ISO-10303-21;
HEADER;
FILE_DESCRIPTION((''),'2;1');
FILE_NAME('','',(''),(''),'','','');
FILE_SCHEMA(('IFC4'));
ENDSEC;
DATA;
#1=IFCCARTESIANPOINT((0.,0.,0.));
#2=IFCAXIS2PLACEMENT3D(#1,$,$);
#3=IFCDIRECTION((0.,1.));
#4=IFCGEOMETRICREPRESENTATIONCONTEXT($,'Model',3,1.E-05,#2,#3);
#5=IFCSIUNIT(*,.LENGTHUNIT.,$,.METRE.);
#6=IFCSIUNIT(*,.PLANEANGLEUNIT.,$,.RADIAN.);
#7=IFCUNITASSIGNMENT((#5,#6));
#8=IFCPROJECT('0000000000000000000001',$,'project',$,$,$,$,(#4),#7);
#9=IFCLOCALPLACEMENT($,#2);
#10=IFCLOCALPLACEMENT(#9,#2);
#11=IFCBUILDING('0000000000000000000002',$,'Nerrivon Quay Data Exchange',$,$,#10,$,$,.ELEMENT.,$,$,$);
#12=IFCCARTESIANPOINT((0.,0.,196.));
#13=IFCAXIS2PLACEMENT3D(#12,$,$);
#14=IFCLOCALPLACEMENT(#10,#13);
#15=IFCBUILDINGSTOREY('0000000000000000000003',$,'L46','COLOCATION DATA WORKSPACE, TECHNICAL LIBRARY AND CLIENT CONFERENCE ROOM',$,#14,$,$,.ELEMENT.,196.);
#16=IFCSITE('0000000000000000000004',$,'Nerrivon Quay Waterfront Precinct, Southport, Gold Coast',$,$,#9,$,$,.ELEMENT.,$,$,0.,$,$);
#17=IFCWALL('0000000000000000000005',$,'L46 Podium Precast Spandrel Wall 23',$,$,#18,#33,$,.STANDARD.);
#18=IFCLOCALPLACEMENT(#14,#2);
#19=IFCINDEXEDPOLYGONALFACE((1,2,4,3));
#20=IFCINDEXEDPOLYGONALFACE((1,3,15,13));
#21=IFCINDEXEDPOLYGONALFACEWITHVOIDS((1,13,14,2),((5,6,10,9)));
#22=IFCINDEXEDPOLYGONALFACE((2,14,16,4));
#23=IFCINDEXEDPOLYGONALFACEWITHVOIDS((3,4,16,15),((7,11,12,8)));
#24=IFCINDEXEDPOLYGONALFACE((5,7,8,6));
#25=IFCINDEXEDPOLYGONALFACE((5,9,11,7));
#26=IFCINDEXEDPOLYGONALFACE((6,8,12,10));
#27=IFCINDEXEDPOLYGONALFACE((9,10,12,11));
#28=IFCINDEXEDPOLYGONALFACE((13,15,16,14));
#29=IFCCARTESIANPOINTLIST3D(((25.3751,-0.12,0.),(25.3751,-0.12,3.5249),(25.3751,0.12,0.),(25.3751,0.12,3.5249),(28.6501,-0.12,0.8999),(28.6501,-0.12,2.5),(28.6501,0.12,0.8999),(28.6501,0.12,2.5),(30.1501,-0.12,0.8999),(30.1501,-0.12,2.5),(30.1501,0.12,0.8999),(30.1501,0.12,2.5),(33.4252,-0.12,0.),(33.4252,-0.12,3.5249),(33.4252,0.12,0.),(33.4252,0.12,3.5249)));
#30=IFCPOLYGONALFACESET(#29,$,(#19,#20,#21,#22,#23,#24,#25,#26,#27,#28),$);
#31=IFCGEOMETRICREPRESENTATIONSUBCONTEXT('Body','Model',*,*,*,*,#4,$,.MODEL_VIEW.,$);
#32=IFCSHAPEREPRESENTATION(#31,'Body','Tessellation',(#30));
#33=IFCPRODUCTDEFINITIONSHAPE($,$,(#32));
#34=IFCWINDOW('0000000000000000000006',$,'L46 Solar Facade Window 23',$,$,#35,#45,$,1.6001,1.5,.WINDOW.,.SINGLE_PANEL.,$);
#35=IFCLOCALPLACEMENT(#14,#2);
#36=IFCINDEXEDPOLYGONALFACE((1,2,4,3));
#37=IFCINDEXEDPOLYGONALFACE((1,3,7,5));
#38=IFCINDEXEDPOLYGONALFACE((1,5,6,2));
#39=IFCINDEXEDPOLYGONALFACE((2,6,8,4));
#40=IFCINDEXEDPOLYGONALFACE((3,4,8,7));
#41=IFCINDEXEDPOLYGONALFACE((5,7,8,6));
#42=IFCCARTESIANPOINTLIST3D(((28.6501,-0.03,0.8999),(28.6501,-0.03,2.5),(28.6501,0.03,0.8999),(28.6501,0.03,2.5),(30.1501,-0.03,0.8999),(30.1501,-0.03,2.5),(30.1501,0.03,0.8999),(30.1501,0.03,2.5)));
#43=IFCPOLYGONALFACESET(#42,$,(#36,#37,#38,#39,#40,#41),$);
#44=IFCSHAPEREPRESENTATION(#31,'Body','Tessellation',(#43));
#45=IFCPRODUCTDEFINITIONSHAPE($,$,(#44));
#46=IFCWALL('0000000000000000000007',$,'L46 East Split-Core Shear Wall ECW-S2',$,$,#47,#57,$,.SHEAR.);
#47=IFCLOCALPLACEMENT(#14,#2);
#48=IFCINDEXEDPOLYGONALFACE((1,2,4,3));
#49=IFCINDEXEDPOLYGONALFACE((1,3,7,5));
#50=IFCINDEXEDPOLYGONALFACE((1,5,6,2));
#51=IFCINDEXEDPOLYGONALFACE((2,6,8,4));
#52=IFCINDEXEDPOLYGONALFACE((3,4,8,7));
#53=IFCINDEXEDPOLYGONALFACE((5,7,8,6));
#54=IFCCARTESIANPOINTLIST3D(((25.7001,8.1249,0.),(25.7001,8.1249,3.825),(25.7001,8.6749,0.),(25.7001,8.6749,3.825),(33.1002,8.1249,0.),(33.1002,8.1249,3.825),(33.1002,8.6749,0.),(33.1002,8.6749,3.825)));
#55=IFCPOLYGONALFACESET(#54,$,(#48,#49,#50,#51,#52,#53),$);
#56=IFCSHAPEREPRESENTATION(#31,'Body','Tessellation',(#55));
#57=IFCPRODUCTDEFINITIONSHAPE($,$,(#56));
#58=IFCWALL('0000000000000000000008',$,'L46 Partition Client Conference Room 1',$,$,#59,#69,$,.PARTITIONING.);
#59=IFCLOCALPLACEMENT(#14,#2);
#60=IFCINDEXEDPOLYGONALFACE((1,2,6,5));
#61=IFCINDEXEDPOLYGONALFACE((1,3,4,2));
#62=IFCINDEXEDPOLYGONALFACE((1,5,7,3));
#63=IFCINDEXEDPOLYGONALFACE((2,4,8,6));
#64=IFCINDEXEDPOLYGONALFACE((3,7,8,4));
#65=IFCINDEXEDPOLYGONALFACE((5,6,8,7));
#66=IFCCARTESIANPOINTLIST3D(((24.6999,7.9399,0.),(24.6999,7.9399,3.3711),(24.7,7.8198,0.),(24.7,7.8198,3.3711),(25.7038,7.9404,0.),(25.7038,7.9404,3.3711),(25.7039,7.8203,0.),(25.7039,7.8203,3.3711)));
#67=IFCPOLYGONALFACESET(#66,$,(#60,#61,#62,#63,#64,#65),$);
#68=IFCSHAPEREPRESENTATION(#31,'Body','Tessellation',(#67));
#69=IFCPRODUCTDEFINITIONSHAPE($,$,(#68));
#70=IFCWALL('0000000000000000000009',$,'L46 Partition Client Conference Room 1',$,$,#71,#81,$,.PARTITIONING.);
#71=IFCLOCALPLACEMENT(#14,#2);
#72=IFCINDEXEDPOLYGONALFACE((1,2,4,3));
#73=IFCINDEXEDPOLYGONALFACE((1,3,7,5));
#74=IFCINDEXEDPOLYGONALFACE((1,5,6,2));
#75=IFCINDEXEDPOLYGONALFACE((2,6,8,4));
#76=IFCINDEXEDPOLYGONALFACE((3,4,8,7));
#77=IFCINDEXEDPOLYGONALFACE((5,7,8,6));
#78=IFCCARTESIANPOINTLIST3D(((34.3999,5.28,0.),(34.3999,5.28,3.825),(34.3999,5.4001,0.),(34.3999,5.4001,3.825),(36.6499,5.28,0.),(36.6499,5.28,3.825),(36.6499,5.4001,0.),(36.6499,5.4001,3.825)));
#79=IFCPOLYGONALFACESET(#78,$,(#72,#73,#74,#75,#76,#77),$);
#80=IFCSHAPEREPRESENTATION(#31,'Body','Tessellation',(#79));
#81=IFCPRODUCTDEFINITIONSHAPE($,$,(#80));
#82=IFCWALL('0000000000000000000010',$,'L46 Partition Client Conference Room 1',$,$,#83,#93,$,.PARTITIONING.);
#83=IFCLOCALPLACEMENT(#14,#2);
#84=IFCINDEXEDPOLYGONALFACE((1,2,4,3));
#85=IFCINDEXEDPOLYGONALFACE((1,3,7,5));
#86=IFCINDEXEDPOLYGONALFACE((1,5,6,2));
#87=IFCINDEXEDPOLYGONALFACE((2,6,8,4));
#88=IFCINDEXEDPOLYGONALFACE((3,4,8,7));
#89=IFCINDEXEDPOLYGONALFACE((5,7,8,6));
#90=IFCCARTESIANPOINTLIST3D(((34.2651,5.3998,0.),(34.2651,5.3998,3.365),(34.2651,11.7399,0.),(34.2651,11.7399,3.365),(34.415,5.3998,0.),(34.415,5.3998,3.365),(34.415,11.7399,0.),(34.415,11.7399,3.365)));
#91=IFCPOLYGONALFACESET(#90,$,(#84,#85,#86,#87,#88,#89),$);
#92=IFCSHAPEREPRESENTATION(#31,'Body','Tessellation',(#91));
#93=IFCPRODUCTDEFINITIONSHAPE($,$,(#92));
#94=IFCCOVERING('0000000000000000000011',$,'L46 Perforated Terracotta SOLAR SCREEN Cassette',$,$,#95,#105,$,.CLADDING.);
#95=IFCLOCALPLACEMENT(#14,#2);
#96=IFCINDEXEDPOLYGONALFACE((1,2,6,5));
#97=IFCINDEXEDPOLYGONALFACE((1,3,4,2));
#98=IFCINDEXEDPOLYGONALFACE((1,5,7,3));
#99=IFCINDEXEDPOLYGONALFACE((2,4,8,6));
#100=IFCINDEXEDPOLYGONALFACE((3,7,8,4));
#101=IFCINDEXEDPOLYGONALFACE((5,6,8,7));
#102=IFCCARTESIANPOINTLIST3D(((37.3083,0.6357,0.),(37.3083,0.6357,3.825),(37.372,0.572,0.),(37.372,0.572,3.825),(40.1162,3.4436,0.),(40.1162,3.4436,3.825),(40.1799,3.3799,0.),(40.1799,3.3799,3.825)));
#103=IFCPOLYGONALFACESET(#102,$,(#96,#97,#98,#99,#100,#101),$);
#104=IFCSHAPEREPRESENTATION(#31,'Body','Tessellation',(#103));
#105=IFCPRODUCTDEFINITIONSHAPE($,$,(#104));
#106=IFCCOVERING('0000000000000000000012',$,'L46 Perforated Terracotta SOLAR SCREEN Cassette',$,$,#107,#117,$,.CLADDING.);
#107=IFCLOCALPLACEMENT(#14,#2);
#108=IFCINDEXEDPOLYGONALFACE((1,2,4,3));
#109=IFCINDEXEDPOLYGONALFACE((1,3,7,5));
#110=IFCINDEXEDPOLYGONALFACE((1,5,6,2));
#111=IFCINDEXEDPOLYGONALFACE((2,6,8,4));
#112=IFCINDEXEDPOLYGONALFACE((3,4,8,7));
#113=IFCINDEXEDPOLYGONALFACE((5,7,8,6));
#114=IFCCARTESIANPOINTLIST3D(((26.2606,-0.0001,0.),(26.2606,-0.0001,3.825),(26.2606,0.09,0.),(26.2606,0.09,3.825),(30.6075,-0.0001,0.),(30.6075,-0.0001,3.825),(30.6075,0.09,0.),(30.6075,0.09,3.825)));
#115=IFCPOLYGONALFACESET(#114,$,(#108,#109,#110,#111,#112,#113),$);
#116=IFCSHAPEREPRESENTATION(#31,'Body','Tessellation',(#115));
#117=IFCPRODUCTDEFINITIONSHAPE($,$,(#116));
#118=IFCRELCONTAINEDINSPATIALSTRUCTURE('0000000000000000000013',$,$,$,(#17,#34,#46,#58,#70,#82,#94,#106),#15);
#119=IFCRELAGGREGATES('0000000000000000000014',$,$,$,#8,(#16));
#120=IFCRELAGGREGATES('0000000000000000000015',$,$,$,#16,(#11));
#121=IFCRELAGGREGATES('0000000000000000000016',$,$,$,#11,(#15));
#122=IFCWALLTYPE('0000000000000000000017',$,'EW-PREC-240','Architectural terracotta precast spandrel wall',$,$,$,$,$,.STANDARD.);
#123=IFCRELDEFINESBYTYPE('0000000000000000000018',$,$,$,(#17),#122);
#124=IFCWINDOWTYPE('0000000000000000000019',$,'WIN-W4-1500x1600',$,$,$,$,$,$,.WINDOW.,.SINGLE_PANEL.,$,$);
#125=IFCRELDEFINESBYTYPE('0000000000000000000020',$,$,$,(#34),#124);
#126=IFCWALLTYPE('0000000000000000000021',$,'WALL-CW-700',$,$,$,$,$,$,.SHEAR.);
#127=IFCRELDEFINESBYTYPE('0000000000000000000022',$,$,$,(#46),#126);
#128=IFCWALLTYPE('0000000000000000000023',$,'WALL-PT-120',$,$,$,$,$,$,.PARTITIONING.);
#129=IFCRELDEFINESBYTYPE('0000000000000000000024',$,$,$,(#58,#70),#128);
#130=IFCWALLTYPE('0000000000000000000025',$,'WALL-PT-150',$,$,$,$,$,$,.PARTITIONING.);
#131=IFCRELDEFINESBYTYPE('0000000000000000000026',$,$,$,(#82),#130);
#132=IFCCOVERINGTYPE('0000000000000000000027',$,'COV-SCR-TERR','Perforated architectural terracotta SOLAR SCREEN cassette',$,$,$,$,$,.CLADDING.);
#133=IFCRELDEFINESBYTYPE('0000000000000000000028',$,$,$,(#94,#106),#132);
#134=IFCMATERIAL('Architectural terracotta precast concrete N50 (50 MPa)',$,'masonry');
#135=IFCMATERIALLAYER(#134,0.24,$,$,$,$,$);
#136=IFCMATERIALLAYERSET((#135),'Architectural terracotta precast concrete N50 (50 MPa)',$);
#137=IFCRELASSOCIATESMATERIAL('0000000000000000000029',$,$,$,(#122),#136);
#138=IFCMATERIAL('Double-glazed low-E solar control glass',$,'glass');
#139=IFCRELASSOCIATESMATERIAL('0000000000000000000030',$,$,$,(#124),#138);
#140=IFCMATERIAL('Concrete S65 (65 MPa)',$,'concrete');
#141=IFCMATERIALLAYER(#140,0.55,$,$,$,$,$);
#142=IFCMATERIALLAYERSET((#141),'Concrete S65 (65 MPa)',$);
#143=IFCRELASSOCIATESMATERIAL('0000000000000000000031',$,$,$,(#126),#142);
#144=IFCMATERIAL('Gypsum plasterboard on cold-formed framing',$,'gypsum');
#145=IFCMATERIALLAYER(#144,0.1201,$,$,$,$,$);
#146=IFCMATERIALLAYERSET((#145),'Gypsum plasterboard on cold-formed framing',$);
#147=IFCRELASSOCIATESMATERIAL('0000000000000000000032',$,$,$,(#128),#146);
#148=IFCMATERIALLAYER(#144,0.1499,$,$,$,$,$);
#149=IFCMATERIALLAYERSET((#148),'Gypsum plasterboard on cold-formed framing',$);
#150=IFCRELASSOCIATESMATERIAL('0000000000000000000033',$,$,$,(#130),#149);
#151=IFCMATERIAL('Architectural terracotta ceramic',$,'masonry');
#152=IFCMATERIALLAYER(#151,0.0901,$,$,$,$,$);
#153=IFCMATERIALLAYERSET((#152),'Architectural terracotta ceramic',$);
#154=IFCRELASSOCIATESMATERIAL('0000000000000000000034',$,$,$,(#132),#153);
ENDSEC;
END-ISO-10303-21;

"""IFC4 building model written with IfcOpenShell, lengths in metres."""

from ifc_helpers import new_model, si_unit, direction, frame, frame_2d, origin, origin_2d, place, context, subcontext, project, spatial, rectangle, extrude, material, layer, layer_set, type_object, element, fill, save


model = new_model("IFC4")

# Units and contexts
model_context = context("Model", 3, precision=1e-05, world=origin(), true_north=direction((0.0, 1.0)))
body_context = subcontext(model_context, "Body", "Model", "MODEL_VIEW")
ifc_project = project(units=[si_unit("LENGTHUNIT", "METRE"), si_unit("PLANEANGLEUNIT", "RADIAN")], contexts=[model_context])

# Site, building, storey
site_placement = place(None, origin())
site = spatial("IfcSite", under=ifc_project, at=site_placement, Name="Nerrivon Quay Waterfront Precinct, Southport, Gold Coast", CompositionType="ELEMENT", RefElevation=0.0)
building_placement = place(site_placement, origin())
building = spatial("IfcBuilding", under=site, at=building_placement, Name="Nerrivon Quay Data Exchange", CompositionType="ELEMENT")
storey_placement = place(building_placement, frame((0.0, 0.0, 196.0)))
storey = spatial("IfcBuildingStorey", under=building, at=storey_placement, Name="L46", Description="COLOCATION DATA WORKSPACE, TECHNICAL LIBRARY AND CLIENT CONFERENCE ROOM", CompositionType="ELEMENT", Elevation=196.0)

# Shared definitions
ifc_material_1 = material(Name="Double-glazed low-E solar control glass", Category="glass")

# Wall, opening, window
ifc_material_2 = material(Name="Architectural terracotta precast concrete N50 (50 MPa)", Category="masonry")
ifc_layer_1 = layer(ifc_material_2, 0.24)
ifc_layer_set_1 = layer_set([ifc_layer_1], Name="Architectural terracotta precast concrete N50 (50 MPa)")
wall_type_1 = type_object("IfcWallType", Name="EW-PREC-240", Description="Architectural terracotta precast spandrel wall", PredefinedType="STANDARD", material=ifc_layer_set_1)
wall_1_placement = place(storey_placement, frame((33.425, 0.0, 0.0), z_axis=(0.0, 0.0, 1.0), x_axis=(-1.0, 0.0, 0.0)))
wall_1 = element("IfcWall", 1, at=wall_1_placement, inside=storey, type_object=wall_type_1, Name="L46 Podium Precast Spandrel Wall 23", PredefinedType="STANDARD", context=body_context, shape_type="SweptSolid", body=[
    extrude(rectangle(XDim=8.05, YDim=0.24, at=frame_2d((4.0249, 0.0))), origin(), (0.0, 0.0, 1.0), 3.5249),
])
opening_placement = place(wall_1_placement, frame((3.2749, 0.0, 0.8999)))
opening = element("IfcOpeningElement", 2, at=opening_placement, cuts=wall_1, PredefinedType="OPENING", context=body_context, shape_type="SweptSolid", body=[
    extrude(rectangle(XDim=1.5, YDim=1.6001, at=frame_2d((0.75, 0.8))), frame((0.0, 0.1299, 0.0), z_axis=(0.0, -1.0, 0.0), x_axis=(1.0, 0.0, 0.0)), (0.0, 0.0, 1.0), 0.26),
])
window_type = type_object("IfcWindowType", Name="WIN-W4-1500x1600", PartitioningType="SINGLE_PANEL", PredefinedType="WINDOW", material=ifc_material_1)
window_placement = place(opening_placement, origin())
window = element("IfcWindow", 3, at=window_placement, inside=storey, type_object=window_type, Name="L46 Solar Facade Window 23", OverallHeight=1.6001, OverallWidth=1.5, PartitioningType="SINGLE_PANEL", PredefinedType="WINDOW", context=body_context, shape_type="SweptSolid", body=[
    extrude(rectangle(XDim=1.5, YDim=1.6001, at=frame_2d((0.75, 0.8))), frame((0.0, 0.03, 0.0), z_axis=(0.0, -1.0, 0.0), x_axis=(1.0, 0.0, 0.0)), (0.0, 0.0, 1.0), 0.0601),
])
fill(opening, window)

# Walls
ifc_material_3 = material(Name="Concrete S65 (65 MPa)", Category="concrete")
ifc_layer_2 = layer(ifc_material_3, 0.55)
ifc_layer_set_2 = layer_set([ifc_layer_2], Name="Concrete S65 (65 MPa)")
wall_type_2 = type_object("IfcWallType", Name="WALL-CW-700", PredefinedType="SHEAR", material=ifc_layer_set_2)
wall_2_placement = place(storey_placement, frame((25.7, 8.3999, 0.0), z_axis=(0.0, 0.0, 1.0), x_axis=(1.0, 0.0, 0.0)))
element("IfcWall", 4, at=wall_2_placement, inside=storey, type_object=wall_type_2, Name="L46 East Split-Core Shear Wall ECW-S2", PredefinedType="SHEAR", context=body_context, shape_type="SweptSolid", body=[
    extrude(rectangle(XDim=7.4001, YDim=0.55, at=frame_2d((3.7002, 0.0))), origin(), (0.0, 0.0, 1.0), 3.825),
])
ifc_material_4 = material(Name="Gypsum plasterboard on cold-formed framing", Category="gypsum")
ifc_layer_3 = layer(ifc_material_4, 0.1201)
ifc_layer_set_3 = layer_set([ifc_layer_3], Name="Gypsum plasterboard on cold-formed framing")
wall_type_3 = type_object("IfcWallType", Name="WALL-PT-120", PredefinedType="PARTITIONING", material=ifc_layer_set_3)
wall_3_placement = place(storey_placement, frame((25.7039, 7.8804, 0.0), z_axis=(0.0, 0.0, 1.0), x_axis=(-1.0, -0.000486, 0.0)))
element("IfcWall", 5, at=wall_3_placement, inside=storey, type_object=wall_type_3, Name="L46 Partition Client Conference Room 1", PredefinedType="PARTITIONING", context=body_context, shape_type="SweptSolid", body=[
    extrude(rectangle(XDim=1.0039, YDim=0.1201, at=frame_2d((0.502, 0.0))), origin(), (0.0, 0.0, 1.0), 3.3711),
])
wall_4_placement = place(storey_placement, frame((36.6499, 5.3401, 0.0), z_axis=(0.0, 0.0, 1.0), x_axis=(-1.0, 0.0, 0.0)))
element("IfcWall", 6, at=wall_4_placement, inside=storey, type_object=wall_type_3, Name="L46 Partition Client Conference Room 1", PredefinedType="PARTITIONING", context=body_context, shape_type="SweptSolid", body=[
    extrude(rectangle(XDim=2.25, YDim=0.1201, at=frame_2d((1.125, 0.0))), origin(), (0.0, 0.0, 1.0), 3.825),
])
ifc_layer_4 = layer(ifc_material_4, 0.1499)
ifc_layer_set_4 = layer_set([ifc_layer_4], Name="Gypsum plasterboard on cold-formed framing")
wall_type_4 = type_object("IfcWallType", Name="WALL-PT-150", PredefinedType="PARTITIONING", material=ifc_layer_set_4)
wall_5_placement = place(storey_placement, frame((34.3401, 5.3999, 0.0), z_axis=(0.0, 0.0, 1.0), x_axis=(0.0, 1.0, 0.0)))
element("IfcWall", 7, at=wall_5_placement, inside=storey, type_object=wall_type_4, Name="L46 Partition Client Conference Room 1", PredefinedType="PARTITIONING", context=body_context, shape_type="SweptSolid", body=[
    extrude(rectangle(XDim=6.3401, YDim=0.1499, at=frame_2d((3.1699, 0.0))), origin(), (0.0, 0.0, 1.0), 3.365),
])

# Coverings
ifc_material_5 = material(Name="Architectural terracotta ceramic", Category="masonry")
ifc_layer_5 = layer(ifc_material_5, 0.0901)
ifc_layer_set_5 = layer_set([ifc_layer_5], Name="Architectural terracotta ceramic")
covering_type = type_object("IfcCoveringType", Name="COV-SCR-TERR", Description="Perforated architectural terracotta SOLAR SCREEN cassette", PredefinedType="CLADDING", material=ifc_layer_set_5)
covering_1_placement = place(storey_placement, frame((38.7441, 2.0078, 0.0), z_axis=(0.0, 0.0, 1.0), x_axis=(-0.707107, -0.707107, 0.0)))
element("IfcCovering", 8, at=covering_1_placement, inside=storey, type_object=covering_type, Name="L46 Perforated Terracotta SOLAR SCREEN Cassette", PredefinedType="CLADDING", context=body_context, shape_type="SweptSolid", body=[
    extrude(rectangle(XDim=3.9709, YDim=0.0901, at=origin_2d()), origin(), (0.0, 0.0, 1.0), 3.825),
])
covering_2_placement = place(storey_placement, frame((28.4341, 0.0449, 0.0), z_axis=(0.0, 0.0, 1.0), x_axis=(-1.0, 0.0, 0.0)))
element("IfcCovering", 9, at=covering_2_placement, inside=storey, type_object=covering_type, Name="L46 Perforated Terracotta SOLAR SCREEN Cassette", PredefinedType="CLADDING", context=body_context, shape_type="SweptSolid", body=[
    extrude(rectangle(XDim=4.3469, YDim=0.0901, at=origin_2d()), origin(), (0.0, 0.0, 1.0), 3.825),
])

save(model, "model.ifc")
